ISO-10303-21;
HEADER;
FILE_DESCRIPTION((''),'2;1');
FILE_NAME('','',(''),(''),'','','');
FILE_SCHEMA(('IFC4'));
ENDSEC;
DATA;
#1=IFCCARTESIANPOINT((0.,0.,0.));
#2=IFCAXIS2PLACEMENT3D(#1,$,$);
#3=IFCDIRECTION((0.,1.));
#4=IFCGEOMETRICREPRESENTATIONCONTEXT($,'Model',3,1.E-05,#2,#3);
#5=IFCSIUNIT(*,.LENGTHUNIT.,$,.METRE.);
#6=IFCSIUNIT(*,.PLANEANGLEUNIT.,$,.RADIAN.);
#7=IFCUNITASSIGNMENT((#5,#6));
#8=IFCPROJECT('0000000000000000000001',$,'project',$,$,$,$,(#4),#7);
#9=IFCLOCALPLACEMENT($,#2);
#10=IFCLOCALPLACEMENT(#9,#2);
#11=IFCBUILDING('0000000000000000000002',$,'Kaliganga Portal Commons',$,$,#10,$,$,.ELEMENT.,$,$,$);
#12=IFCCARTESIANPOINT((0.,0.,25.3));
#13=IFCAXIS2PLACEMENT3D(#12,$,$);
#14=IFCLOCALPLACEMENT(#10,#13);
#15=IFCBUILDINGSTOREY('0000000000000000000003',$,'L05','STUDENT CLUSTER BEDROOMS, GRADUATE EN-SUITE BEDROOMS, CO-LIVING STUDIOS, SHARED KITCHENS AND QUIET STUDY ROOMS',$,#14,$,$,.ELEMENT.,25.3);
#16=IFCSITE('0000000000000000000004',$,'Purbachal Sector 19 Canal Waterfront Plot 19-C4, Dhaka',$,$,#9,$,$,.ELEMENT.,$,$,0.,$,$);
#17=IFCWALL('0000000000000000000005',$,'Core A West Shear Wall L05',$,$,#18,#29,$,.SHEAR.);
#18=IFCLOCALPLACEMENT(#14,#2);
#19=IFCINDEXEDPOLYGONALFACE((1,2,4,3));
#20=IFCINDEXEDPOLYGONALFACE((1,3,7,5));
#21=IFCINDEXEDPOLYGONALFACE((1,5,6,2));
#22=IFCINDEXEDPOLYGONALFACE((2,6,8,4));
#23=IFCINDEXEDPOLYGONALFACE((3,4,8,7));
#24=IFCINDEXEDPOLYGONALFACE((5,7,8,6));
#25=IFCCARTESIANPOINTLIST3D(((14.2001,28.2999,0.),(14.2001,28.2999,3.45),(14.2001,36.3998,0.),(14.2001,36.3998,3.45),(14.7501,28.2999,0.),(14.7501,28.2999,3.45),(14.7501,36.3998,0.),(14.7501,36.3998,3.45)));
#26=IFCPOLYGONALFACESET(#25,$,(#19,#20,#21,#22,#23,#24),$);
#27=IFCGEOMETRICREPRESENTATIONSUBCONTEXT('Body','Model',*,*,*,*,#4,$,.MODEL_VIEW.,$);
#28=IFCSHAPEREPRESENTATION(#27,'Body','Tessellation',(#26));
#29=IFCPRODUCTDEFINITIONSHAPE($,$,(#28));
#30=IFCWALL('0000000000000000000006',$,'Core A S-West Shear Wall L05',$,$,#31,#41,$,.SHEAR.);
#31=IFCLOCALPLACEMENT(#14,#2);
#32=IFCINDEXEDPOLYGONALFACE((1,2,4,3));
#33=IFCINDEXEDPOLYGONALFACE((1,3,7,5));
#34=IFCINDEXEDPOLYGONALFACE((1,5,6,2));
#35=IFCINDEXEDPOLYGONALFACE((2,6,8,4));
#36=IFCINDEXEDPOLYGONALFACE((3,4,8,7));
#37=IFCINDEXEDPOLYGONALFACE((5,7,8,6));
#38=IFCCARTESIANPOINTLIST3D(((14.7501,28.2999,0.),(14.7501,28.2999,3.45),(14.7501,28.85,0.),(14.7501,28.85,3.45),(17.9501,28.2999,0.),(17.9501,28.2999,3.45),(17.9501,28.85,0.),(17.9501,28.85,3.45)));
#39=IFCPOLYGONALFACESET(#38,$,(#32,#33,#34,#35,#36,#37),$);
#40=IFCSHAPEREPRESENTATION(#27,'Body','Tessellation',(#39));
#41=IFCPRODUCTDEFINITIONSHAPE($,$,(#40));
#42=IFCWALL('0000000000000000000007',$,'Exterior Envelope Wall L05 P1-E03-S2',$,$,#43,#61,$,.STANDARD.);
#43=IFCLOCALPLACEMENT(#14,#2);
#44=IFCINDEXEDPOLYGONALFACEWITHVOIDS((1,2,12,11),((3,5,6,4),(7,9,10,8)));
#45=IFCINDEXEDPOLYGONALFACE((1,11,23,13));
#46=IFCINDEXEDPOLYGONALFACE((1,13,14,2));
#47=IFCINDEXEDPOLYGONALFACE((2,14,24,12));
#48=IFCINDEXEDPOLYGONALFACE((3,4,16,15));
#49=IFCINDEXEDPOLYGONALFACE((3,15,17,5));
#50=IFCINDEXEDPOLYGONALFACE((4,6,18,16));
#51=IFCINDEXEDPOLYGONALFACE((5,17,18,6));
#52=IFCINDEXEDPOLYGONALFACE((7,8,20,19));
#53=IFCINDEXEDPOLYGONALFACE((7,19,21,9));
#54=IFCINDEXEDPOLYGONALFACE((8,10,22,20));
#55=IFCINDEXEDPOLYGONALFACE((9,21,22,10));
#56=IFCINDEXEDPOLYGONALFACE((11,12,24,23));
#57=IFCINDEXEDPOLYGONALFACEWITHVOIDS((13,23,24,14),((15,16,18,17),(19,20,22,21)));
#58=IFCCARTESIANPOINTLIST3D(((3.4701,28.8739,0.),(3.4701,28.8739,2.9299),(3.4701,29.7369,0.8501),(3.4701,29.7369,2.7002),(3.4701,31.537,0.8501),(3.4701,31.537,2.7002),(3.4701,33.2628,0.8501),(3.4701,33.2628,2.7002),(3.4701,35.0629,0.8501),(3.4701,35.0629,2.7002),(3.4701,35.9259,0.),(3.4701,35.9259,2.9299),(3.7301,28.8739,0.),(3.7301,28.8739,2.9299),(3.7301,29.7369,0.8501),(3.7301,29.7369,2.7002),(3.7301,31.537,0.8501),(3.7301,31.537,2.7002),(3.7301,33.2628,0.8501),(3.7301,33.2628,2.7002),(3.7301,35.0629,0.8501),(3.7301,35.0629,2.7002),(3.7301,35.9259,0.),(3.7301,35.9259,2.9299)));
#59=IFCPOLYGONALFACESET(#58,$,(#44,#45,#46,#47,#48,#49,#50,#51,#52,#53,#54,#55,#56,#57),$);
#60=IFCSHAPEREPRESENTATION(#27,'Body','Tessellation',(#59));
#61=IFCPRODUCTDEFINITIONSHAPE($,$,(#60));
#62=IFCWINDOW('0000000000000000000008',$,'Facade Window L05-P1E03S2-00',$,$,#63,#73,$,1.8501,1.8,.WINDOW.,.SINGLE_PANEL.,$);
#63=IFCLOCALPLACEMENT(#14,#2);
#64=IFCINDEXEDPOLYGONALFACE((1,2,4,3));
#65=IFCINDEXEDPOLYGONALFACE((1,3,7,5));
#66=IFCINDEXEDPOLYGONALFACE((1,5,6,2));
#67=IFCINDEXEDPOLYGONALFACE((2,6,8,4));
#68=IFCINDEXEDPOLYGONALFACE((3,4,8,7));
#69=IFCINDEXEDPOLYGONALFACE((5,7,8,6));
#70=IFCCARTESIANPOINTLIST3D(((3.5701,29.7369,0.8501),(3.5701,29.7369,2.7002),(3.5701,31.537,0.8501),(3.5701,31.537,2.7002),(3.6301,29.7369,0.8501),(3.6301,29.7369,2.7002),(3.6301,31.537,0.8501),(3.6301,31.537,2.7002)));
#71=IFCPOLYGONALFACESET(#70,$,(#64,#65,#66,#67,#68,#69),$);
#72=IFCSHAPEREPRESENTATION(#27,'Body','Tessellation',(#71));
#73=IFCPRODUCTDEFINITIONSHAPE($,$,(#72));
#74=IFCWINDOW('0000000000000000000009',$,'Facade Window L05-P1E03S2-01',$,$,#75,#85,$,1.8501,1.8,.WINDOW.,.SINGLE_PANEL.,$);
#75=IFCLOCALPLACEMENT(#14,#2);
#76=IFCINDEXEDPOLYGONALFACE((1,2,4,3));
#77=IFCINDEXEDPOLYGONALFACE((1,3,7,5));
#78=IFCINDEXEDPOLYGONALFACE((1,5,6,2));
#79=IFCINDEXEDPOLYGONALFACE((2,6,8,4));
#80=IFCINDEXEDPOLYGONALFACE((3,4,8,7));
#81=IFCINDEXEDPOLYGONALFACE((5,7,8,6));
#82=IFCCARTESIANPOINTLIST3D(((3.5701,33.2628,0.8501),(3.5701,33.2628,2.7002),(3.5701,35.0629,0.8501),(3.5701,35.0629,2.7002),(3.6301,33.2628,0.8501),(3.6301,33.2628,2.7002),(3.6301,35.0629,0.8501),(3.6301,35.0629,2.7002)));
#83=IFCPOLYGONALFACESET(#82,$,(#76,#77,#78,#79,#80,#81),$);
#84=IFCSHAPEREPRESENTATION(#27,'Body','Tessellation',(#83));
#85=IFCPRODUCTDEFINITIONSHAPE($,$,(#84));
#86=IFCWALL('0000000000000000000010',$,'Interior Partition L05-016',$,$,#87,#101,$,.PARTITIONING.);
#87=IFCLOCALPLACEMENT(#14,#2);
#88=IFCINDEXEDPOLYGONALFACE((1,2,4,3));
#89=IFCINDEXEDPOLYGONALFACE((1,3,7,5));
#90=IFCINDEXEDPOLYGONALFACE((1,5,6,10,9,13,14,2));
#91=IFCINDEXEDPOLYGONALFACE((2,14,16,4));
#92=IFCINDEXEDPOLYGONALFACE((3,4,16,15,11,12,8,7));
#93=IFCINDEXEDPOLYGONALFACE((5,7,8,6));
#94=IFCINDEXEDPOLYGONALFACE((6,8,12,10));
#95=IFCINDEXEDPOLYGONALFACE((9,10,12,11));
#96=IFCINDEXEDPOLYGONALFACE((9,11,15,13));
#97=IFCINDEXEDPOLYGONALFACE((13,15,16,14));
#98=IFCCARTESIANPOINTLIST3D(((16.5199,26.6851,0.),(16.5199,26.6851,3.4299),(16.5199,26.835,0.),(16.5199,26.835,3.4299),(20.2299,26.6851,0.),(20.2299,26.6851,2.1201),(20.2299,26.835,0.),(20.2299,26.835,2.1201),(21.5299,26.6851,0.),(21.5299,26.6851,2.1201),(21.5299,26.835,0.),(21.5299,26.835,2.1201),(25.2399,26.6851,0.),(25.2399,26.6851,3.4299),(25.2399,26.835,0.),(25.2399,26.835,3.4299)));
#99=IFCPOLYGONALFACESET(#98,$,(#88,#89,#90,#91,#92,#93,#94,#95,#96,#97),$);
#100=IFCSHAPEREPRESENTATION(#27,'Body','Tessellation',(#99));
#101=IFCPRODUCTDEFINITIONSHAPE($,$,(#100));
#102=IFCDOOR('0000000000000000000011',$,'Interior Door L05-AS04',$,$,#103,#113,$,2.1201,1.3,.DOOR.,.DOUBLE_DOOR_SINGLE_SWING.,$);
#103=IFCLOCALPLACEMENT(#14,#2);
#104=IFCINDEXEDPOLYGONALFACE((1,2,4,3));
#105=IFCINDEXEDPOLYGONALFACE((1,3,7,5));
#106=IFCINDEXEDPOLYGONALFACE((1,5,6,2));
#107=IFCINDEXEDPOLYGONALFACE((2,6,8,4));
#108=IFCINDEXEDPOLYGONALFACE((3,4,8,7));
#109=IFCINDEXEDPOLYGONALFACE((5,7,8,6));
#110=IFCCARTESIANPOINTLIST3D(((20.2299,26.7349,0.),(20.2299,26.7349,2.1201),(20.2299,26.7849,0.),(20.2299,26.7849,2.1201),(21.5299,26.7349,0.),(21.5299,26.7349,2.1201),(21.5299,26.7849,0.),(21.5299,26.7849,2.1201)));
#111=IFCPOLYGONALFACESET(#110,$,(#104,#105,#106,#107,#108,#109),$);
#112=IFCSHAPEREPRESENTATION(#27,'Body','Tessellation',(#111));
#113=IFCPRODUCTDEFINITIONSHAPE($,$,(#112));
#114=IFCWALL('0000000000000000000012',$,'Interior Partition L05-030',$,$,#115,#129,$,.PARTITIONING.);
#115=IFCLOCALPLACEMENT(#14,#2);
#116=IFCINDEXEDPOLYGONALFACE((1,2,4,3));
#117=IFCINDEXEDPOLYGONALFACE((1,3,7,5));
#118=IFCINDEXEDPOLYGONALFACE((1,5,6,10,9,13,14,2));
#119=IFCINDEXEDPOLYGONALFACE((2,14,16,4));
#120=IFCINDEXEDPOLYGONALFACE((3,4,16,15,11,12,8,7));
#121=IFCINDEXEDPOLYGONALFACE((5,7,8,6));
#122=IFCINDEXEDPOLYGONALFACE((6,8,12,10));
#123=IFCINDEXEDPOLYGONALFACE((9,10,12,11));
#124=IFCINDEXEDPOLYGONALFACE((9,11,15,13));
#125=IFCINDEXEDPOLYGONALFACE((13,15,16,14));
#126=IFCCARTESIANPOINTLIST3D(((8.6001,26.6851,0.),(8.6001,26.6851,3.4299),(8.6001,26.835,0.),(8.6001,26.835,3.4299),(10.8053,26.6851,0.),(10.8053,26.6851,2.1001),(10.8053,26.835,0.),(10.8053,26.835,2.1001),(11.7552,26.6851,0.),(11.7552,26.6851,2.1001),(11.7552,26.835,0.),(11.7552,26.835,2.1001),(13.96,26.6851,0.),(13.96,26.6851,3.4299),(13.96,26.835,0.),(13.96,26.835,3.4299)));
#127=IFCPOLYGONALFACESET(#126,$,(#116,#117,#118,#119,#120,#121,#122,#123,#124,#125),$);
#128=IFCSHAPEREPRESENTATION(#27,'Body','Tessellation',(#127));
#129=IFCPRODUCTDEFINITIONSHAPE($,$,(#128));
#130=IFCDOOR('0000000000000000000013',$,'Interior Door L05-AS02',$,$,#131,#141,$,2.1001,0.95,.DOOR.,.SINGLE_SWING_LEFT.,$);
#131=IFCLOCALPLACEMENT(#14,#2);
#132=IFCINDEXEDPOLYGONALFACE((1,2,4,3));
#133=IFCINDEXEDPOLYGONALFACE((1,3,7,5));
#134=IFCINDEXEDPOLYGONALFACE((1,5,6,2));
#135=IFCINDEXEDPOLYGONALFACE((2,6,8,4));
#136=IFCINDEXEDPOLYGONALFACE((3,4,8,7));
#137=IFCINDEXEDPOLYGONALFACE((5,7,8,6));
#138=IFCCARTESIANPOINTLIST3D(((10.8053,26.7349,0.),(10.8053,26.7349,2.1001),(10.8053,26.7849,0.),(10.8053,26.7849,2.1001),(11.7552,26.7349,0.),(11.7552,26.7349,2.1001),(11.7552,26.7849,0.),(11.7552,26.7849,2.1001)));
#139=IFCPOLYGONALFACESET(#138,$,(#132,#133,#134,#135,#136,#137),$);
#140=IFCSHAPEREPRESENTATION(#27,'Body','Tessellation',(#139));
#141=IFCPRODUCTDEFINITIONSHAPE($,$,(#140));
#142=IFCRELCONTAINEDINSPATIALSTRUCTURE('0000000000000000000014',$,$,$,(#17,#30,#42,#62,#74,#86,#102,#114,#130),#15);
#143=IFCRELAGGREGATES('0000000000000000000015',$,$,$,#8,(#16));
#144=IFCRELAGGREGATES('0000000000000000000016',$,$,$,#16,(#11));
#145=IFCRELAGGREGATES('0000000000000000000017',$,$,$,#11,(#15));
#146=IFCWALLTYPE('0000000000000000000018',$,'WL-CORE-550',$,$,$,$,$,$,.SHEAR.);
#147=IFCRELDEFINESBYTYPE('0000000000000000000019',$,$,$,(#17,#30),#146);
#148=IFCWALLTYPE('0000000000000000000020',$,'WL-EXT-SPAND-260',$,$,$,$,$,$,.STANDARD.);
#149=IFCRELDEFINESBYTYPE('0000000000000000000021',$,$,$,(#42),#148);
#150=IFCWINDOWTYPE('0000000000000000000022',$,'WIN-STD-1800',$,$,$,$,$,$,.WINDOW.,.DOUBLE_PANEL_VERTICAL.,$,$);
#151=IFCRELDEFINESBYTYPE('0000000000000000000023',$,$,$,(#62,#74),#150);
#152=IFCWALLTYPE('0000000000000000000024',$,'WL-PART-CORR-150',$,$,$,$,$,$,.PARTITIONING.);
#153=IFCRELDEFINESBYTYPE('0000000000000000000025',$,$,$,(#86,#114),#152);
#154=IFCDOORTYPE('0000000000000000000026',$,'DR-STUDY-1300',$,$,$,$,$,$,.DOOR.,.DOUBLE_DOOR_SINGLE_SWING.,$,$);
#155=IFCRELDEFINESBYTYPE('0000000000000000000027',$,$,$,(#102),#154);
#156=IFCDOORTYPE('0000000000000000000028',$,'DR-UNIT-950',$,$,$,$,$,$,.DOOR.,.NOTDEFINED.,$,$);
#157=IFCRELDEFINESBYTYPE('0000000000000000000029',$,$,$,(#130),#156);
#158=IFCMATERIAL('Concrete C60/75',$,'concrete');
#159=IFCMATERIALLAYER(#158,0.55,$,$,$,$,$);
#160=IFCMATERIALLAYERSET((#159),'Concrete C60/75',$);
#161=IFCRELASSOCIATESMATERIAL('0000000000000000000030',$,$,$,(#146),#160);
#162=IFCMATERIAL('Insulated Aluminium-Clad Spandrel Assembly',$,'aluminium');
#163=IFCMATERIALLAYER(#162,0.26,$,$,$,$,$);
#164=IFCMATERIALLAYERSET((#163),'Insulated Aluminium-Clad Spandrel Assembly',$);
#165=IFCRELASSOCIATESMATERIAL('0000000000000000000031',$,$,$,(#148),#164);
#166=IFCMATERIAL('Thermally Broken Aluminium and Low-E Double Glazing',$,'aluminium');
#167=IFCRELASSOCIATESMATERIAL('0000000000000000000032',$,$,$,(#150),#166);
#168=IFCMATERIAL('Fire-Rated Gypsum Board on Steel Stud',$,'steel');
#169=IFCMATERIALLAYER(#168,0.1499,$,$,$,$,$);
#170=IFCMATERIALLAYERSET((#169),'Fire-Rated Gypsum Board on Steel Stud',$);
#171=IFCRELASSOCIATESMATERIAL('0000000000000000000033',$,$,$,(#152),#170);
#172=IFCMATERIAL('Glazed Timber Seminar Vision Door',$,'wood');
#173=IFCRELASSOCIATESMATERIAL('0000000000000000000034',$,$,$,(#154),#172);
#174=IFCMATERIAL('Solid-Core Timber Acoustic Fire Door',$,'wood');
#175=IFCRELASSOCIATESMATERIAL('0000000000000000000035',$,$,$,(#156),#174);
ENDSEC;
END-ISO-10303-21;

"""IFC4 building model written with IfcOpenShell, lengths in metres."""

from ifc_helpers import new_model, si_unit, direction, frame, frame_2d, origin, place, context, subcontext, project, spatial, rectangle, extrude, material, layer, layer_set, type_object, element, fill, save


model = new_model("IFC4")

# Units and contexts
model_context = context("Model", 3, precision=1e-05, world=origin(), true_north=direction((0.0, 1.0)))
body_context = subcontext(model_context, "Body", "Model", "MODEL_VIEW")
ifc_project = project(units=[si_unit("LENGTHUNIT", "METRE"), si_unit("PLANEANGLEUNIT", "RADIAN")], contexts=[model_context])

# Site, building, storey
site_placement = place(None, origin())
site = spatial("IfcSite", under=ifc_project, at=site_placement, Name="Purbachal Sector 19 Canal Waterfront Plot 19-C4, Dhaka", CompositionType="ELEMENT", RefElevation=0.0)
building_placement = place(site_placement, origin())
building = spatial("IfcBuilding", under=site, at=building_placement, Name="Kaliganga Portal Commons", CompositionType="ELEMENT")
storey_placement = place(building_placement, frame((0.0, 0.0, 25.3)))
storey = spatial("IfcBuildingStorey", under=building, at=storey_placement, Name="L05", Description="STUDENT CLUSTER BEDROOMS, GRADUATE EN-SUITE BEDROOMS, CO-LIVING STUDIOS, SHARED KITCHENS AND QUIET STUDY ROOMS", CompositionType="ELEMENT", Elevation=25.3)

# Shared definitions
ifc_material_1 = material(Name="Concrete C60/75", Category="concrete")

# Walls
ifc_layer_1 = layer(ifc_material_1, 0.55)
ifc_layer_set_1 = layer_set([ifc_layer_1], Name="Concrete C60/75")
wall_type_1 = type_object("IfcWallType", Name="WL-CORE-550", PredefinedType="SHEAR", material=ifc_layer_set_1)
wall_1_placement = place(storey_placement, frame((14.4751, 28.3, 0.0), z_axis=(0.0, 0.0, 1.0), x_axis=(0.0, 1.0, 0.0)))
element("IfcWall", 1, at=wall_1_placement, inside=storey, type_object=wall_type_1, Name="Core A West Shear Wall L05", PredefinedType="SHEAR", context=body_context, shape_type="SweptSolid", body=[
    extrude(rectangle(XDim=8.0999, YDim=0.55, at=frame_2d((4.0498, 0.0))), origin(), (0.0, 0.0, 1.0), 3.45),
])
wall_2_placement = place(storey_placement, frame((14.75, 28.575, 0.0), z_axis=(0.0, 0.0, 1.0), x_axis=(1.0, 0.0, 0.0)))
element("IfcWall", 2, at=wall_2_placement, inside=storey, type_object=wall_type_1, Name="Core A S-West Shear Wall L05", PredefinedType="SHEAR", context=body_context, shape_type="SweptSolid", body=[
    extrude(rectangle(XDim=3.2, YDim=0.55, at=frame_2d((1.6001, 0.0))), origin(), (0.0, 0.0, 1.0), 3.45),
])

# Wall, openings, windows
ifc_material_2 = material(Name="Insulated Aluminium-Clad Spandrel Assembly", Category="aluminium")
ifc_layer_2 = layer(ifc_material_2, 0.26)
ifc_layer_set_2 = layer_set([ifc_layer_2], Name="Insulated Aluminium-Clad Spandrel Assembly")
wall_type_2 = type_object("IfcWallType", Name="WL-EXT-SPAND-260", PredefinedType="STANDARD", material=ifc_layer_set_2)
wall_3_placement = place(storey_placement, frame((3.6001, 28.874, 0.0), z_axis=(0.0, 0.0, 1.0), x_axis=(0.0, 1.0, 0.0)))
wall_3 = element("IfcWall", 3, at=wall_3_placement, inside=storey, type_object=wall_type_2, Name="Exterior Envelope Wall L05 P1-E03-S2", PredefinedType="STANDARD", context=body_context, shape_type="SweptSolid", body=[
    extrude(rectangle(XDim=7.052, YDim=0.26, at=frame_2d((3.5259, 0.0))), origin(), (0.0, 0.0, 1.0), 2.9299),
])
opening_1_placement = place(wall_3_placement, frame((0.863, 0.0, 0.8501)))
opening_1 = element("IfcOpeningElement", 4, at=opening_1_placement, cuts=wall_3, PredefinedType="OPENING", context=body_context, shape_type="SweptSolid", body=[
    extrude(rectangle(XDim=1.8, YDim=1.8501, at=frame_2d((0.8999, 0.925))), frame((0.0, 0.1401, 0.0), z_axis=(0.0, -1.0, 0.0), x_axis=(1.0, 0.0, 0.0)), (0.0, 0.0, 1.0), 0.28),
])
opening_2_placement = place(wall_3_placement, frame((4.3889, 0.0, 0.8501)))
opening_2 = element("IfcOpeningElement", 5, at=opening_2_placement, cuts=wall_3, PredefinedType="OPENING", context=body_context, shape_type="SweptSolid", body=[
    extrude(rectangle(XDim=1.8, YDim=1.8501, at=frame_2d((0.8999, 0.925))), frame((0.0, 0.1401, 0.0), z_axis=(0.0, -1.0, 0.0), x_axis=(1.0, 0.0, 0.0)), (0.0, 0.0, 1.0), 0.28),
])
ifc_material_3 = material(Name="Thermally Broken Aluminium and Low-E Double Glazing", Category="aluminium")
window_type = type_object("IfcWindowType", Name="WIN-STD-1800", PartitioningType="DOUBLE_PANEL_VERTICAL", PredefinedType="WINDOW", material=ifc_material_3)
window_1_placement = place(opening_1_placement, origin())
window_1 = element("IfcWindow", 6, at=window_1_placement, inside=storey, type_object=window_type, Name="Facade Window L05-P1E03S2-00", OverallHeight=1.8501, OverallWidth=1.8, PartitioningType="SINGLE_PANEL", PredefinedType="WINDOW", context=body_context, shape_type="SweptSolid", body=[
    extrude(rectangle(XDim=1.8, YDim=1.8501, at=frame_2d((0.8999, 0.925))), frame((0.0, 0.03, 0.0), z_axis=(0.0, -1.0, 0.0), x_axis=(1.0, 0.0, 0.0)), (0.0, 0.0, 1.0), 0.0601),
])
fill(opening_1, window_1)
window_2_placement = place(opening_2_placement, origin())
window_2 = element("IfcWindow", 7, at=window_2_placement, inside=storey, type_object=window_type, Name="Facade Window L05-P1E03S2-01", OverallHeight=1.8501, OverallWidth=1.8, PartitioningType="SINGLE_PANEL", PredefinedType="WINDOW", context=body_context, shape_type="SweptSolid", body=[
    extrude(rectangle(XDim=1.8, YDim=1.8501, at=frame_2d((0.8999, 0.925))), frame((0.0, 0.03, 0.0), z_axis=(0.0, -1.0, 0.0), x_axis=(1.0, 0.0, 0.0)), (0.0, 0.0, 1.0), 0.0601),
])
fill(opening_2, window_2)

# Walls, openings, doors
ifc_material_4 = material(Name="Fire-Rated Gypsum Board on Steel Stud", Category="steel")
ifc_layer_3 = layer(ifc_material_4, 0.1499)
ifc_layer_set_3 = layer_set([ifc_layer_3], Name="Fire-Rated Gypsum Board on Steel Stud")
wall_type_3 = type_object("IfcWallType", Name="WL-PART-CORR-150", PredefinedType="PARTITIONING", material=ifc_layer_set_3)
wall_4_placement = place(storey_placement, frame((16.52, 26.76, 0.0), z_axis=(0.0, 0.0, 1.0), x_axis=(1.0, 0.0, 0.0)))
wall_4 = element("IfcWall", 8, at=wall_4_placement, inside=storey, type_object=wall_type_3, Name="Interior Partition L05-016", PredefinedType="PARTITIONING", context=body_context, shape_type="SweptSolid", body=[
    extrude(rectangle(XDim=8.72, YDim=0.1499, at=frame_2d((4.3599, 0.0))), origin(), (0.0, 0.0, 1.0), 3.4299),
])
opening_3_placement = place(wall_4_placement, frame((3.71, 0.0, 0.0)))
opening_3 = element("IfcOpeningElement", 9, at=opening_3_placement, cuts=wall_4, PredefinedType="OPENING", context=body_context, shape_type="SweptSolid", body=[
    extrude(rectangle(XDim=1.3, YDim=2.1201, at=frame_2d((0.6499, 1.0601))), frame((0.0, 0.085, 0.0), z_axis=(0.0, -1.0, 0.0), x_axis=(1.0, 0.0, 0.0)), (0.0, 0.0, 1.0), 0.1699),
])
ifc_material_5 = material(Name="Glazed Timber Seminar Vision Door", Category="wood")
door_type_1 = type_object("IfcDoorType", Name="DR-STUDY-1300", OperationType="DOUBLE_DOOR_SINGLE_SWING", PredefinedType="DOOR", material=ifc_material_5)
door_1_placement = place(opening_3_placement, origin())
door_1 = element("IfcDoor", 10, at=door_1_placement, inside=storey, type_object=door_type_1, Name="Interior Door L05-AS04", OperationType="DOUBLE_DOOR_SINGLE_SWING", OverallHeight=2.1201, OverallWidth=1.3, PredefinedType="DOOR", context=body_context, shape_type="SweptSolid", body=[
    extrude(rectangle(XDim=1.3, YDim=2.1201, at=frame_2d((0.6499, 1.0601))), frame((0.0, 0.0249, 0.0), z_axis=(0.0, -1.0, 0.0), x_axis=(1.0, 0.0, 0.0)), (0.0, 0.0, 1.0), 0.05),
])
fill(opening_3, door_1)
wall_5_placement = place(storey_placement, frame((8.6001, 26.76, 0.0), z_axis=(0.0, 0.0, 1.0), x_axis=(1.0, 0.0, 0.0)))
wall_5 = element("IfcWall", 11, at=wall_5_placement, inside=storey, type_object=wall_type_3, Name="Interior Partition L05-030", PredefinedType="PARTITIONING", context=body_context, shape_type="SweptSolid", body=[
    extrude(rectangle(XDim=5.3599, YDim=0.1499, at=frame_2d((2.6799, 0.0))), origin(), (0.0, 0.0, 1.0), 3.4299),
])
opening_4_placement = place(wall_5_placement, frame((2.2051, 0.0, 0.0)))
opening_4 = element("IfcOpeningElement", 12, at=opening_4_placement, cuts=wall_5, PredefinedType="OPENING", context=body_context, shape_type="SweptSolid", body=[
    extrude(rectangle(XDim=0.95, YDim=2.1001, at=frame_2d((0.4751, 1.05))), frame((0.0, 0.085, 0.0), z_axis=(0.0, -1.0, 0.0), x_axis=(1.0, 0.0, 0.0)), (0.0, 0.0, 1.0), 0.1699),
])
ifc_material_6 = material(Name="Solid-Core Timber Acoustic Fire Door", Category="wood")
door_type_2 = type_object("IfcDoorType", Name="DR-UNIT-950", OperationType="NOTDEFINED", PredefinedType="DOOR", material=ifc_material_6)
door_2_placement = place(opening_4_placement, origin())
door_2 = element("IfcDoor", 13, at=door_2_placement, inside=storey, type_object=door_type_2, Name="Interior Door L05-AS02", OperationType="SINGLE_SWING_LEFT", OverallHeight=2.1001, OverallWidth=0.95, PredefinedType="DOOR", context=body_context, shape_type="SweptSolid", body=[
    extrude(rectangle(XDim=0.95, YDim=2.1001, at=frame_2d((0.4751, 1.05))), frame((0.0, 0.0249, 0.0), z_axis=(0.0, -1.0, 0.0), x_axis=(1.0, 0.0, 0.0)), (0.0, 0.0, 1.0), 0.05),
])
fill(opening_4, door_2)

save(model, "model.ifc")
